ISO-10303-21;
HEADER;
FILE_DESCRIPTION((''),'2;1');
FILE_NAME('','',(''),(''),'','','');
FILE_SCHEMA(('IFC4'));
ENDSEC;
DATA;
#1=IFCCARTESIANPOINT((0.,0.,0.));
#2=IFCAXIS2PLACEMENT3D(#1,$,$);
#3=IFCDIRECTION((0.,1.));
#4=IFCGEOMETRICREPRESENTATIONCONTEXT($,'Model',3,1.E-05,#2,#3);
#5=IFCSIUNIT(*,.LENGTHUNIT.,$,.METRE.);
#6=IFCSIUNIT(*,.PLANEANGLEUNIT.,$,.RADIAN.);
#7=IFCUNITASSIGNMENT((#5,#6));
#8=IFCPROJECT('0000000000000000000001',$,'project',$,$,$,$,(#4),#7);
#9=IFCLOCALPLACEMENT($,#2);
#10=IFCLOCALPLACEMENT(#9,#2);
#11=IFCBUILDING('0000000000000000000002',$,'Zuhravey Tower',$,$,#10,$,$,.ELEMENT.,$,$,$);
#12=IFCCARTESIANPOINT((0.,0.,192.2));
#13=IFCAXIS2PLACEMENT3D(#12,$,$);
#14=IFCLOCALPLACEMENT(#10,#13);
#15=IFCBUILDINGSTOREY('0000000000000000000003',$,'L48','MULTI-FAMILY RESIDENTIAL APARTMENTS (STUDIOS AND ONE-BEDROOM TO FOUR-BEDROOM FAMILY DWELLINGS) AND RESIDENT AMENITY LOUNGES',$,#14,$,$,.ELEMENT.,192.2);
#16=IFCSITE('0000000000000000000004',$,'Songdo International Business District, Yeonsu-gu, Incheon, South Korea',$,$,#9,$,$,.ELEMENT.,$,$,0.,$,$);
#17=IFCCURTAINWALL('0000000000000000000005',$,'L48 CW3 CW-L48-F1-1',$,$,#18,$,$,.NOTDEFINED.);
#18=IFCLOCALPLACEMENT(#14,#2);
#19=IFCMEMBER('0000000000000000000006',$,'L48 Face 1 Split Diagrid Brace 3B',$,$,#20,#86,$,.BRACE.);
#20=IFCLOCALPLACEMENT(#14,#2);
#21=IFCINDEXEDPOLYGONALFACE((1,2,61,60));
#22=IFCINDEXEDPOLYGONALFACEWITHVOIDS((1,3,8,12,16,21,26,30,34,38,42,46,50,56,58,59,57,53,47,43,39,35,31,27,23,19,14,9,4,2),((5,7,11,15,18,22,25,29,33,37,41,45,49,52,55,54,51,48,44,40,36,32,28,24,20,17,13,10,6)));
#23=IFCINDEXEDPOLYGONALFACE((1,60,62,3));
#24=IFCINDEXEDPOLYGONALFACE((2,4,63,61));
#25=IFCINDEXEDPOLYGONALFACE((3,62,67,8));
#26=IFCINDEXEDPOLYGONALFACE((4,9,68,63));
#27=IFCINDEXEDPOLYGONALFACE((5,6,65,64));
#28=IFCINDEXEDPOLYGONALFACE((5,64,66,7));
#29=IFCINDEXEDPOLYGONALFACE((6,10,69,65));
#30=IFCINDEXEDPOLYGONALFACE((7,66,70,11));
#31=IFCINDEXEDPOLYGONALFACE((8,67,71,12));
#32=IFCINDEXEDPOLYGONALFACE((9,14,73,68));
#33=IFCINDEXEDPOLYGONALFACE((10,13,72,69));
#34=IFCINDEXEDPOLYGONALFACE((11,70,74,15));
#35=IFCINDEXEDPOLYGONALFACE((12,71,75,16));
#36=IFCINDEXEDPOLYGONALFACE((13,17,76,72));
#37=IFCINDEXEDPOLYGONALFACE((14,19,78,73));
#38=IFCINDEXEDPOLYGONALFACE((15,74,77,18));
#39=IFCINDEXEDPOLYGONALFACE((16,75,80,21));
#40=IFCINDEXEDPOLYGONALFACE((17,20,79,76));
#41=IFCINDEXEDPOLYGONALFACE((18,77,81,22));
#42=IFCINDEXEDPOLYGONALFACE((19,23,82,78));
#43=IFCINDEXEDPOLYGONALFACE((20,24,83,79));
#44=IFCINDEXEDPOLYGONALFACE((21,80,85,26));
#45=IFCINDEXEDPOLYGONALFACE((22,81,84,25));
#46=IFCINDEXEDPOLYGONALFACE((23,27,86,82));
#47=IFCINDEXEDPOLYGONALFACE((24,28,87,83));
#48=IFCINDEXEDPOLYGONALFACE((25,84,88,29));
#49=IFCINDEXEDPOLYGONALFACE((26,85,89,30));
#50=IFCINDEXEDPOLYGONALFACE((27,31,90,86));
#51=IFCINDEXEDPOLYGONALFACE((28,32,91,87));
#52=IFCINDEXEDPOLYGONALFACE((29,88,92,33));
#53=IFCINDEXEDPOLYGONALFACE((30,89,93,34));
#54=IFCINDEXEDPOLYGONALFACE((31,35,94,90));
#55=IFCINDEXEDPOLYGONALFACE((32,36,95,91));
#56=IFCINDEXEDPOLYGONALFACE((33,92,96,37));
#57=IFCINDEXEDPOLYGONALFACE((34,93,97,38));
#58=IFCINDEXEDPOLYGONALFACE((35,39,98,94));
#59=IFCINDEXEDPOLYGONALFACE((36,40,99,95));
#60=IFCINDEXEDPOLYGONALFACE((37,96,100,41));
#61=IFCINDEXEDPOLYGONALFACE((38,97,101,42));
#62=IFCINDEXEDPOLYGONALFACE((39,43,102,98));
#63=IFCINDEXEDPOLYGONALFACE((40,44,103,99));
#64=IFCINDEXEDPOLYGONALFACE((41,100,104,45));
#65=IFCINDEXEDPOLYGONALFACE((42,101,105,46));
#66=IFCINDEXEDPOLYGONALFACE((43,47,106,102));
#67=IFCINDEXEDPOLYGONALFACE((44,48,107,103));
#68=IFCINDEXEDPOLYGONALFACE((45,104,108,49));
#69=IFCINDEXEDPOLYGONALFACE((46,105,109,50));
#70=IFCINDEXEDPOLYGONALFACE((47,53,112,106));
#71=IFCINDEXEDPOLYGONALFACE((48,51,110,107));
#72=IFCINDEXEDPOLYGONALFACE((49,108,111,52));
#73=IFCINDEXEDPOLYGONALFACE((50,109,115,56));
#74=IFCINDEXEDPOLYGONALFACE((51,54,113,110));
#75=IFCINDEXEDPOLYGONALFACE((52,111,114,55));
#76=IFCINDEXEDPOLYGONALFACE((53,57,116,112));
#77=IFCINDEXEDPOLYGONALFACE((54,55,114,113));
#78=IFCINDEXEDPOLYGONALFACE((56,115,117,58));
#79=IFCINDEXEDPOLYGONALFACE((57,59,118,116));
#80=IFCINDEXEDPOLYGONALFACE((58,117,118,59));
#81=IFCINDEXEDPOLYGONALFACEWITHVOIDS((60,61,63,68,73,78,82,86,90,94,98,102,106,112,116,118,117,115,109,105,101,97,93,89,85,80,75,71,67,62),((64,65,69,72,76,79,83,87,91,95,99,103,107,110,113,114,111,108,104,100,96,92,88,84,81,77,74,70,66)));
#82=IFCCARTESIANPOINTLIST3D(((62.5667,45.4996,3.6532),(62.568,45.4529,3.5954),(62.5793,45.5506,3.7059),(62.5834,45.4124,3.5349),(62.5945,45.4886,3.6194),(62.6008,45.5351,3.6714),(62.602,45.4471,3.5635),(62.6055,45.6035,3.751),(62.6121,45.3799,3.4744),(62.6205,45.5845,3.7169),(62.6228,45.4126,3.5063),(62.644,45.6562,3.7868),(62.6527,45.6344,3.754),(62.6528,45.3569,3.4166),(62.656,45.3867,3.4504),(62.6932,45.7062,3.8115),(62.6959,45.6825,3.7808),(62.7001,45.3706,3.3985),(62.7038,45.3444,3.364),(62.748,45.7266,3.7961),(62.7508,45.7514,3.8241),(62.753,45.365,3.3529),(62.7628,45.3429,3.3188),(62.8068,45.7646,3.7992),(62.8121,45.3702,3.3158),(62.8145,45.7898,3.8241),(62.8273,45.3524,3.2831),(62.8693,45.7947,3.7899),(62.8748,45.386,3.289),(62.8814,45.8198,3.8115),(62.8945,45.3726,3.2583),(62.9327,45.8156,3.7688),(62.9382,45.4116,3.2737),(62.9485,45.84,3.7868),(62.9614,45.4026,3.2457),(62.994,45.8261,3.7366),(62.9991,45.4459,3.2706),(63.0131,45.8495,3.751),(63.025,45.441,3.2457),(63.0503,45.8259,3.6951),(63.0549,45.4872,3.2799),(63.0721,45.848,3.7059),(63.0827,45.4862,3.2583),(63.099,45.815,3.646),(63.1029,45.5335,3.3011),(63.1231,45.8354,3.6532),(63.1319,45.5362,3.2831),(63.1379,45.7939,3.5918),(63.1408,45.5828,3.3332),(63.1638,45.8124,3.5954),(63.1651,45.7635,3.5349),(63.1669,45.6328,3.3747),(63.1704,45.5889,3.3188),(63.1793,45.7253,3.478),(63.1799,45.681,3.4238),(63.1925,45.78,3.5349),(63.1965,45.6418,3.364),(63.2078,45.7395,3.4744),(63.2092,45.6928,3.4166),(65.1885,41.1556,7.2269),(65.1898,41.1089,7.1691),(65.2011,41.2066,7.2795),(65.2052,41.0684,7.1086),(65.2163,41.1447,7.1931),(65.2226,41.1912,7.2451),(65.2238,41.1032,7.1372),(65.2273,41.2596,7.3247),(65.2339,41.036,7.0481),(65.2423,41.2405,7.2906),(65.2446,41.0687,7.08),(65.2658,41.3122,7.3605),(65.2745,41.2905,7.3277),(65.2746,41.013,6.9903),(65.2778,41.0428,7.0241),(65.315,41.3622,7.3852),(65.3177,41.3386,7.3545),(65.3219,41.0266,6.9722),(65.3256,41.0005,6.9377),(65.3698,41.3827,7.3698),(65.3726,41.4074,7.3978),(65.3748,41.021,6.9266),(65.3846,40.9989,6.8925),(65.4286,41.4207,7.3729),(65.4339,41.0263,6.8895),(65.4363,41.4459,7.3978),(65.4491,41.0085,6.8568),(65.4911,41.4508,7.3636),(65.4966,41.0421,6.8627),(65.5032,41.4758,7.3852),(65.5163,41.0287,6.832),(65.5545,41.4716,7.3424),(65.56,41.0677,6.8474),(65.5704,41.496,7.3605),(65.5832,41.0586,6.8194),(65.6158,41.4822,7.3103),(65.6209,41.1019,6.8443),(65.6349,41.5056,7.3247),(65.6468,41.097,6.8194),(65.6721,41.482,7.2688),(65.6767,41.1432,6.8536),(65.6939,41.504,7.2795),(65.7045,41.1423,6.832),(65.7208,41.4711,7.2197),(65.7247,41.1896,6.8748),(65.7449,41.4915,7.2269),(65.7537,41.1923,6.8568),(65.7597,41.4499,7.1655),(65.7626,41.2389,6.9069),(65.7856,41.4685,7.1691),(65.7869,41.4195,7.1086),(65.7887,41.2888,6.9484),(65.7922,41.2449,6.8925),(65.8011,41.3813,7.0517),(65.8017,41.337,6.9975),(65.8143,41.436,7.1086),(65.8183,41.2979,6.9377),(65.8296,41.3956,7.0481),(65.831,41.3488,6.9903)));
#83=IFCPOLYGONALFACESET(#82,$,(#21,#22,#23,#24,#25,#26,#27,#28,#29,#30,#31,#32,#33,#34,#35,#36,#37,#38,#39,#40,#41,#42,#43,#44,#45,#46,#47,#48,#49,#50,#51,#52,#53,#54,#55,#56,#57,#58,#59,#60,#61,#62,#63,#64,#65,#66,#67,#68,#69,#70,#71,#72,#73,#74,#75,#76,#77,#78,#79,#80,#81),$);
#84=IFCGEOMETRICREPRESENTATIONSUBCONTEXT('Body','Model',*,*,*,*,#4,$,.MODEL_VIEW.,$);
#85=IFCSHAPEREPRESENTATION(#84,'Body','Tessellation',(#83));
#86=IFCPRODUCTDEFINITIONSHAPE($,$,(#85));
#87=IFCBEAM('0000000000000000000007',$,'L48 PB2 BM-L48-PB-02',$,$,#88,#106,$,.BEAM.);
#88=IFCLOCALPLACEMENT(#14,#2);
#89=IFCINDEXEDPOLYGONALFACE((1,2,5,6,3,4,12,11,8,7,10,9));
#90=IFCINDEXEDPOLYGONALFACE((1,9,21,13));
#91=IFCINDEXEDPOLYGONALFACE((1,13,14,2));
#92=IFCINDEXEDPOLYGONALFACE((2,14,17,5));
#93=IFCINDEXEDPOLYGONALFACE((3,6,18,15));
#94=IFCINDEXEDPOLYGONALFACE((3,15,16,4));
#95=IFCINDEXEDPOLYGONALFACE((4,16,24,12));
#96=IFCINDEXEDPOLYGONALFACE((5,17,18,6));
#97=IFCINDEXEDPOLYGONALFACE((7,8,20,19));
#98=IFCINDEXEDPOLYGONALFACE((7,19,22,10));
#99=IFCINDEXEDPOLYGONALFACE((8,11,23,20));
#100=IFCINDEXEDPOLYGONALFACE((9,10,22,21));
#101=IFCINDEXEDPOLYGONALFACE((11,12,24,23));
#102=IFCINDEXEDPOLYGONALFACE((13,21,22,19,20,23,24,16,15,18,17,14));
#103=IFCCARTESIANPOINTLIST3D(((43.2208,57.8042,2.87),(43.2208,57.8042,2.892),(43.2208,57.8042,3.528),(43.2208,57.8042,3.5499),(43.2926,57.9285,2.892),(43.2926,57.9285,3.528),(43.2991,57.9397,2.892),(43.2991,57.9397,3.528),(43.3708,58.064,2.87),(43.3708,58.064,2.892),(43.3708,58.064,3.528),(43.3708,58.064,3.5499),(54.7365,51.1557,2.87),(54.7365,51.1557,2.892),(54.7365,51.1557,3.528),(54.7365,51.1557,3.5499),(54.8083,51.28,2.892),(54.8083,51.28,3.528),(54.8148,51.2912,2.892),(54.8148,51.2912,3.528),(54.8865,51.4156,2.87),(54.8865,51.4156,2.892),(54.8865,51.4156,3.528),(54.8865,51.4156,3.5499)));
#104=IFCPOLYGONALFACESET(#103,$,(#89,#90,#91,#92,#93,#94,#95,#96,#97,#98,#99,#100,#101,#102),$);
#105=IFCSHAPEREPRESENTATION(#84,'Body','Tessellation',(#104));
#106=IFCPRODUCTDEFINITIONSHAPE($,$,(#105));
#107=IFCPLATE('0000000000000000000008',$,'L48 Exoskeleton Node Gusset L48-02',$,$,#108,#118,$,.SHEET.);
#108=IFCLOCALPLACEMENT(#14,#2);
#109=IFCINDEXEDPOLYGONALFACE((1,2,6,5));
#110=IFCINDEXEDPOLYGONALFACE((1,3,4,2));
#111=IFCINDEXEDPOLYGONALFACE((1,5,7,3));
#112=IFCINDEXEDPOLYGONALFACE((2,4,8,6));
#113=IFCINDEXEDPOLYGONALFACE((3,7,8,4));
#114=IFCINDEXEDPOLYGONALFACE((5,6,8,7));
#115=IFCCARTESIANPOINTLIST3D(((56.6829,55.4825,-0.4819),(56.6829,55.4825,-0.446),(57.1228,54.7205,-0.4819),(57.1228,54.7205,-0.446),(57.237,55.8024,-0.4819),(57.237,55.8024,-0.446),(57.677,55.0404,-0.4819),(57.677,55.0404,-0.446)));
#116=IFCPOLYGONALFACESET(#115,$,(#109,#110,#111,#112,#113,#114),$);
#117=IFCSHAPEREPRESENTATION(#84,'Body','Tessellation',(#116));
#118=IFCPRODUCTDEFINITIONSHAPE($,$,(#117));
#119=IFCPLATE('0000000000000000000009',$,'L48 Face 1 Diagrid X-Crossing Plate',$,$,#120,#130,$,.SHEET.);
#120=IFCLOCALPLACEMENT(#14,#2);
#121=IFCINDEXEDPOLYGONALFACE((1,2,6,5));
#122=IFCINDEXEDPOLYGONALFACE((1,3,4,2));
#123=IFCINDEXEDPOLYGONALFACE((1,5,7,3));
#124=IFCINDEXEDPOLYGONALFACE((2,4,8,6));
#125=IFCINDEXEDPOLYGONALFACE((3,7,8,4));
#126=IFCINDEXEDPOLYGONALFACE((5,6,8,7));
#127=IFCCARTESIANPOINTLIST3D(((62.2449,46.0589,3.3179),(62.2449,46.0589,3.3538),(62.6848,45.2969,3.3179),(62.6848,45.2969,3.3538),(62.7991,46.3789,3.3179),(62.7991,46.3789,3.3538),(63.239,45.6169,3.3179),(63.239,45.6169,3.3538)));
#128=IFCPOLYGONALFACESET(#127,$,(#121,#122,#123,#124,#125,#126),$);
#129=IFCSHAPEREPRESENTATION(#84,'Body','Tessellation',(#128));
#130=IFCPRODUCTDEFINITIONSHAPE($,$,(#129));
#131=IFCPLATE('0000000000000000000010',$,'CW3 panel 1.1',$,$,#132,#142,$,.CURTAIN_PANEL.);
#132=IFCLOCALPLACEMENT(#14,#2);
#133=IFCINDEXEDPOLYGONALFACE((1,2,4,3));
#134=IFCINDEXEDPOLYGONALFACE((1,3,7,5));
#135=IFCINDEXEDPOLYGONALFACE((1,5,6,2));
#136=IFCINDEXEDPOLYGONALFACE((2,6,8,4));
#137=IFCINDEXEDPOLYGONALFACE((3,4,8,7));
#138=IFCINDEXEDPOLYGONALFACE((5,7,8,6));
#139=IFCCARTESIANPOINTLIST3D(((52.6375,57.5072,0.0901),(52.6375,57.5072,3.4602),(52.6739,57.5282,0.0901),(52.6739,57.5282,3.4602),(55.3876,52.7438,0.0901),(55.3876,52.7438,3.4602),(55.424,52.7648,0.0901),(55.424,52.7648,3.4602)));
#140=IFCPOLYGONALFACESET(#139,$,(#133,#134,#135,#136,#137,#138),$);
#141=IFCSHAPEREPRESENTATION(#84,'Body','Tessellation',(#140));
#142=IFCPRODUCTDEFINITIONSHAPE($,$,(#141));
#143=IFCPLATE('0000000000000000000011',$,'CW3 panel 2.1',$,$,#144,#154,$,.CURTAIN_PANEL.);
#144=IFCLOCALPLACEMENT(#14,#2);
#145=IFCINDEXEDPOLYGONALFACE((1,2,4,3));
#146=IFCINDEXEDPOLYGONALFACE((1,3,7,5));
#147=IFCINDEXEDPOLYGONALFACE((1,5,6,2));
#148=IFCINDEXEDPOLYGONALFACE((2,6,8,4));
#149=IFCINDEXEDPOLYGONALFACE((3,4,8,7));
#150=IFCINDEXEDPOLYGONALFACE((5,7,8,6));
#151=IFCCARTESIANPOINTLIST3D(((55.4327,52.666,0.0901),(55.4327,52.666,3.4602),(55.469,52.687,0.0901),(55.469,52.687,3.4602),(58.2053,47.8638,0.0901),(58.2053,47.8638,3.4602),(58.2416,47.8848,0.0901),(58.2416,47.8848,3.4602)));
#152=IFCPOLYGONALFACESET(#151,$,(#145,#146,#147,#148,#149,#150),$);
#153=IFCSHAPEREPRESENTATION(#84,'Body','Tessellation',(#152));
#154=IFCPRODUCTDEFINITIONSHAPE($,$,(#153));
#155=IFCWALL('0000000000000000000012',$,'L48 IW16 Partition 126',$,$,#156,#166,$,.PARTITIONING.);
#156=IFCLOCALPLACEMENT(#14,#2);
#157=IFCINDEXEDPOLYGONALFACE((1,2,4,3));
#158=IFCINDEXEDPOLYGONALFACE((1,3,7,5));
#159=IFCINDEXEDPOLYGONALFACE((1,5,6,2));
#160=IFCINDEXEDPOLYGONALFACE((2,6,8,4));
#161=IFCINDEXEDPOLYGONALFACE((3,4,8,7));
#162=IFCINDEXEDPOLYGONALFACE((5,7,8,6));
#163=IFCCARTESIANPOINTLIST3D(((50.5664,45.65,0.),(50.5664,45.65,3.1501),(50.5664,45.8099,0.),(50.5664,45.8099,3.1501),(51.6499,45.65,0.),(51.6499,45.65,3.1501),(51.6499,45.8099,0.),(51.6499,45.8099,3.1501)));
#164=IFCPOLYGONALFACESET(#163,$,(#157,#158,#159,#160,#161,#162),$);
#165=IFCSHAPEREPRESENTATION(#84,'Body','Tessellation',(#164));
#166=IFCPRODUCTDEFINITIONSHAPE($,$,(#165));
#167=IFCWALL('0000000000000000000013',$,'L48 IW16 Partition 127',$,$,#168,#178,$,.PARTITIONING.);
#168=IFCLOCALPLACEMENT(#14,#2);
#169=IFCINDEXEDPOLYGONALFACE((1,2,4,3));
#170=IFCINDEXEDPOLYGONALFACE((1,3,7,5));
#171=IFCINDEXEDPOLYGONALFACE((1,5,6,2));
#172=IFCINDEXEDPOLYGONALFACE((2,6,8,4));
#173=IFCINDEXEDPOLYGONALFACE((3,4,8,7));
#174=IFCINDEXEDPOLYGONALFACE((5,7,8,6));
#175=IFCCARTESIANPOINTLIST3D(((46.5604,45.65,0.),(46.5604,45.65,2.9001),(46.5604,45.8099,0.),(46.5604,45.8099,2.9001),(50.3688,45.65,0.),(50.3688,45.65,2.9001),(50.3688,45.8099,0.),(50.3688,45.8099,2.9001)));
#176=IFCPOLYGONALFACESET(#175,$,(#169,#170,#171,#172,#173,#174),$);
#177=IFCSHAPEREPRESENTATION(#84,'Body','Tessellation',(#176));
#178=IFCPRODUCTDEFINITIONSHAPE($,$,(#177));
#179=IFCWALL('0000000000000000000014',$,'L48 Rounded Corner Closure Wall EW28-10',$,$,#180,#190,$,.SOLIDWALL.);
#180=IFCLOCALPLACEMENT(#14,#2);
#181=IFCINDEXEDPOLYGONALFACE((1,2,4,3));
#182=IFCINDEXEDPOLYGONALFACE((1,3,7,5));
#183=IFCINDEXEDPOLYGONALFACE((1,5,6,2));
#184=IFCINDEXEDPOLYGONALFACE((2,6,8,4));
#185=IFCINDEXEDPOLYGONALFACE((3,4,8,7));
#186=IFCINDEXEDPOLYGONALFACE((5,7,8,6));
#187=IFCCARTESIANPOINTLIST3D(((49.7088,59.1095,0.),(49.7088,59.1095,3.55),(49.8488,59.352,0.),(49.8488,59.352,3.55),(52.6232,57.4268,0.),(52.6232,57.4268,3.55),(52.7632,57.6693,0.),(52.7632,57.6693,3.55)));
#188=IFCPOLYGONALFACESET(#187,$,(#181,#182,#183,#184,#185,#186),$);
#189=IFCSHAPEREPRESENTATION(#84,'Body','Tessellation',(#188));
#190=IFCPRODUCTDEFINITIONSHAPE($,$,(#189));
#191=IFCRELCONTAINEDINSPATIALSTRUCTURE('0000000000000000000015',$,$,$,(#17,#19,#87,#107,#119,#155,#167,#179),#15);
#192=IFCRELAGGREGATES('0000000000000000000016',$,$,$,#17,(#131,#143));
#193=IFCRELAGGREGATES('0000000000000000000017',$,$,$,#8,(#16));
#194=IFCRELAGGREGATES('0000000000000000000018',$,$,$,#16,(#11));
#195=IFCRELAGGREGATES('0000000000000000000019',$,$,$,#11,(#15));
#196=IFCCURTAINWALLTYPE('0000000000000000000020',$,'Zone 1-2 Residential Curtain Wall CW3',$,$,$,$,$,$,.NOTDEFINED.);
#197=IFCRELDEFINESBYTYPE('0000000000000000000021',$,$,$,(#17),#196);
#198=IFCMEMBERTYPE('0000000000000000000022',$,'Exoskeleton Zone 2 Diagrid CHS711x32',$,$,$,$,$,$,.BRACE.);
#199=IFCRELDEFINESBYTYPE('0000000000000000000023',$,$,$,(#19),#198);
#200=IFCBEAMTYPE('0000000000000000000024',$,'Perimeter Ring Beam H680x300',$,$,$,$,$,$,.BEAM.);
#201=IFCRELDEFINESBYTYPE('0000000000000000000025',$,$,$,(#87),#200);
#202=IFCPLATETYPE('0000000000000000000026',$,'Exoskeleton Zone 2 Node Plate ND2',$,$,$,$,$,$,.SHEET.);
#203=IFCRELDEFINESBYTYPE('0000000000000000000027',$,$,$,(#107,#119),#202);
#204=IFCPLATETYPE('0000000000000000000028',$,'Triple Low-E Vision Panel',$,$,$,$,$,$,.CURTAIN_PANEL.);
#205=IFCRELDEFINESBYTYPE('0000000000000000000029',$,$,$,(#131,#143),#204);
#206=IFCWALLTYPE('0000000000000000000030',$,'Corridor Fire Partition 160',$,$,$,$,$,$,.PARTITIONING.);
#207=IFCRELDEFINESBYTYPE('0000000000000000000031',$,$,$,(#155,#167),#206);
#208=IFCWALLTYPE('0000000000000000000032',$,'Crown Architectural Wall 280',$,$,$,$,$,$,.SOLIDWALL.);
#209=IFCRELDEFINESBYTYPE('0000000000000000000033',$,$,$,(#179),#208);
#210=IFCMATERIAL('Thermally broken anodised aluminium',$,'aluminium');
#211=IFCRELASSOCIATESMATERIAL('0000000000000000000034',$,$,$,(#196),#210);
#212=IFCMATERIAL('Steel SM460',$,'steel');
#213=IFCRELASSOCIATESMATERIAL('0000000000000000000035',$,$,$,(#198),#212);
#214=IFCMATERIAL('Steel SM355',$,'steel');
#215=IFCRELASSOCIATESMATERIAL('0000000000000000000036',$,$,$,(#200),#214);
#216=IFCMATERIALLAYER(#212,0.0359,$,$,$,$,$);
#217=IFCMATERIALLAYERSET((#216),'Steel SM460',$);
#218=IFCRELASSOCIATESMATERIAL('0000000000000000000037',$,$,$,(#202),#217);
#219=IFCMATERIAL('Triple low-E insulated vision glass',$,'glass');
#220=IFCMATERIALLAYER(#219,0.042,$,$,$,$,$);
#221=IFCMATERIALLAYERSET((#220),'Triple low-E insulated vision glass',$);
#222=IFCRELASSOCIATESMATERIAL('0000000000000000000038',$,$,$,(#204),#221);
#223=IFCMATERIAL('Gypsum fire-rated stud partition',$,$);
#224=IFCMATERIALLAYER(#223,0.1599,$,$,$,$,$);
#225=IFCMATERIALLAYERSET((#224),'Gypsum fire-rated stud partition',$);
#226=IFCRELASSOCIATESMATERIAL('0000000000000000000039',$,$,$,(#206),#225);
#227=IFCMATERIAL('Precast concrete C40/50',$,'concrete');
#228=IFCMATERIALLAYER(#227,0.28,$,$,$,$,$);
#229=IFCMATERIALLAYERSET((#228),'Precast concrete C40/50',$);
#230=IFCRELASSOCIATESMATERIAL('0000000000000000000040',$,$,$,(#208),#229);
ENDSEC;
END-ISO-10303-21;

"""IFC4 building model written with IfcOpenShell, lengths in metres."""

from ifc_helpers import new_model, si_unit, direction, frame, frame_2d, origin, origin_2d, place, context, subcontext, project, spatial, rectangle, hollow_circle, i_section, extrude, material, layer, layer_set, material_profile, profile_set, type_object, element, aggregate, save


model = new_model("IFC4")

# Units and contexts
model_context = context("Model", 3, precision=1e-05, world=origin(), true_north=direction((0.0, 1.0)))
body_context = subcontext(model_context, "Body", "Model", "MODEL_VIEW")
ifc_project = project(units=[si_unit("LENGTHUNIT", "METRE"), si_unit("PLANEANGLEUNIT", "RADIAN")], contexts=[model_context])

# Site, building, storey
site_placement = place(None, origin())
site = spatial("IfcSite", under=ifc_project, at=site_placement, Name="Songdo International Business District, Yeonsu-gu, Incheon, South Korea", CompositionType="ELEMENT", RefElevation=0.0)
building_placement = place(site_placement, origin())
building = spatial("IfcBuilding", under=site, at=building_placement, Name="Zuhravey Tower", CompositionType="ELEMENT")
storey_placement = place(building_placement, frame((0.0, 0.0, 192.2)))
storey = spatial("IfcBuildingStorey", under=building, at=storey_placement, Name="L48", Description="MULTI-FAMILY RESIDENTIAL APARTMENTS (STUDIOS AND ONE-BEDROOM TO FOUR-BEDROOM FAMILY DWELLINGS) AND RESIDENT AMENITY LOUNGES", CompositionType="ELEMENT", Elevation=192.2)

# Shared definitions
ifc_material_1 = material(Name="Thermally broken anodised aluminium", Category="aluminium")
curtain_wall_type = type_object("IfcCurtainWallType", Name="Zone 1-2 Residential Curtain Wall CW3", PredefinedType="NOTDEFINED", material=ifc_material_1)

# Curtain wall
curtain_wall_1_placement = place(storey_placement, origin())
curtain_wall_1 = element("IfcCurtainWall", 1, at=curtain_wall_1_placement, inside=storey, type_object=curtain_wall_type, Name="L48 CW3 CW-L48-F1-1", PredefinedType="NOTDEFINED")

# Member
ifc_material_2 = material(Name="Steel SM460", Category="steel")
ifc_material_profile_1 = material_profile(ifc_material_2, hollow_circle(Radius=0.3557, WallThickness=0.032, at=origin_2d()), Name="CHS-711.2x32")
ifc_profile_set_1 = profile_set([ifc_material_profile_1], Name="Steel SM460")
member_type_1 = type_object("IfcMemberType", Name="Exoskeleton Zone 2 Diagrid CHS711x32", PredefinedType="BRACE", material=ifc_profile_set_1)
member_1_placement = place(storey_placement, frame((62.8879, 45.5962, 3.5349), z_axis=(0.422459, -0.699954, 0.575841), x_axis=(0.856148, 0.51673, 0.0)))
element("IfcMember", 2, at=member_1_placement, inside=storey, type_object=member_type_1, Name="L48 Face 1 Split Diagrid Brace 3B", PredefinedType="BRACE", context=body_context, shape_type="SweptSolid", body=[
    extrude(hollow_circle(Radius=0.3557, WallThickness=0.032, at=origin_2d()), origin(), (0.0, 0.0, 1.0), 6.2061),
])

# Beam
ifc_material_3 = material(Name="Steel SM355", Category="steel")
ifc_material_profile_2 = material_profile(ifc_material_3, i_section(OverallWidth=0.3, OverallDepth=0.6799, WebThickness=0.0129, FlangeThickness=0.022, at=origin_2d()), Name="H-680x300x13x22")
ifc_profile_set_2 = profile_set([ifc_material_profile_2], Name="Steel SM355")
beam_type = type_object("IfcBeamType", Name="Perimeter Ring Beam H680x300", PredefinedType="BEAM", material=ifc_profile_set_2)
beam_placement = place(storey_placement, frame((54.8115, 51.2856, 3.21), z_axis=(-0.866029, 0.499994, 0.0), x_axis=(-0.499994, -0.866029, 0.0)))
element("IfcBeam", 3, at=beam_placement, inside=storey, type_object=beam_type, Name="L48 PB2 BM-L48-PB-02", PredefinedType="BEAM", context=body_context, shape_type="SweptSolid", body=[
    extrude(i_section(OverallWidth=0.3, OverallDepth=0.6799, WebThickness=0.0129, FlangeThickness=0.022, at=origin_2d()), origin(), (0.0, 0.0, 1.0), 13.2971),
])

# Plates
ifc_layer_1 = layer(ifc_material_2, 0.0359)
ifc_layer_set_1 = layer_set([ifc_layer_1], Name="Steel SM460")
plate_type_1 = type_object("IfcPlateType", Name="Exoskeleton Zone 2 Node Plate ND2", PredefinedType="SHEET", material=ifc_layer_set_1)
for number, where, z_axis, x_axis, name in (
    (4, (57.1799, 55.2615, -0.4819), (0.0, 0.0, 1.0), (-0.5, 0.866025, 0.0), "L48 Exoskeleton Node Gusset L48-02"),
    (5, (62.7419, 45.8379, 3.3179), (0.0, 0.0, 1.0), (-0.5, 0.866025, 0.0), "L48 Face 1 Diagrid X-Crossing Plate"),
):
    element("IfcPlate", number, at=place(storey_placement, frame(where, z_axis=z_axis, x_axis=x_axis)), inside=storey, type_object=plate_type_1, Name=name, PredefinedType="SHEET", context=body_context, shape_type="SweptSolid", body=[
        extrude(rectangle(XDim=0.8799, YDim=0.6399, at=origin_2d()), origin(), (0.0, 0.0, 1.0), 0.0359),
    ])

# Plates
ifc_material_4 = material(Name="Triple low-E insulated vision glass", Category="glass")
ifc_layer_2 = layer(ifc_material_4, 0.042)
ifc_layer_set_2 = layer_set([ifc_layer_2], Name="Triple low-E insulated vision glass")
plate_type_2 = type_object("IfcPlateType", Name="Triple Low-E Vision Panel", PredefinedType="CURTAIN_PANEL", material=ifc_layer_set_2)
plate_1_placement = place(storey_placement, frame((54.0308, 55.136, 0.0901), z_axis=(0.0, 0.0, 1.0), x_axis=(0.500002, -0.866024, 0.0)))
plate_1 = element("IfcPlate", 6, at=plate_1_placement, type_object=plate_type_2, Name="CW3 panel 1.1", PredefinedType="CURTAIN_PANEL", context=body_context, shape_type="SweptSolid", body=[
    extrude(rectangle(XDim=5.5002, YDim=0.042, at=origin_2d()), origin(), (0.0, 0.0, 1.0), 3.3701),
])
plate_2_placement = place(storey_placement, frame((56.8372, 50.2754, 0.0901), z_axis=(0.0, 0.0, 1.0), x_axis=(0.500002, -0.866024, 0.0)))
plate_2 = element("IfcPlate", 7, at=plate_2_placement, type_object=plate_type_2, Name="CW3 panel 2.1", PredefinedType="CURTAIN_PANEL", context=body_context, shape_type="SweptSolid", body=[
    extrude(rectangle(XDim=5.5452, YDim=0.042, at=origin_2d()), origin(), (0.0, 0.0, 1.0), 3.3701),
])
aggregate(curtain_wall_1, [plate_1, plate_2])

# Walls
ifc_material_5 = material(Name="Gypsum fire-rated stud partition")
ifc_layer_3 = layer(ifc_material_5, 0.1599)
ifc_layer_set_3 = layer_set([ifc_layer_3], Name="Gypsum fire-rated stud partition")
wall_type_1 = type_object("IfcWallType", Name="Corridor Fire Partition 160", PredefinedType="PARTITIONING", material=ifc_layer_set_3)
wall_1_placement = place(storey_placement, frame((51.6499, 45.73, 0.0), z_axis=(0.0, 0.0, 1.0), x_axis=(-1.0, 0.0, 0.0)))
element("IfcWall", 8, at=wall_1_placement, inside=storey, type_object=wall_type_1, Name="L48 IW16 Partition 126", PredefinedType="PARTITIONING", context=body_context, shape_type="SweptSolid", body=[
    extrude(rectangle(XDim=1.0835, YDim=0.1599, at=frame_2d((0.5417, 0.0))), origin(), (0.0, 0.0, 1.0), 3.1501),
])
wall_2_placement = place(storey_placement, frame((50.3689, 45.73, 0.0), z_axis=(0.0, 0.0, 1.0), x_axis=(-1.0, 0.0, 0.0)))
element("IfcWall", 9, at=wall_2_placement, inside=storey, type_object=wall_type_1, Name="L48 IW16 Partition 127", PredefinedType="PARTITIONING", context=body_context, shape_type="SweptSolid", body=[
    extrude(rectangle(XDim=3.8083, YDim=0.1599, at=frame_2d((1.9043, 0.0))), origin(), (0.0, 0.0, 1.0), 2.9001),
])
ifc_material_6 = material(Name="Precast concrete C40/50", Category="concrete")
ifc_layer_4 = layer(ifc_material_6, 0.28)
ifc_layer_set_4 = layer_set([ifc_layer_4], Name="Precast concrete C40/50")
wall_type_2 = type_object("IfcWallType", Name="Crown Architectural Wall 280", PredefinedType="SOLIDWALL", material=ifc_layer_set_4)
wall_3_placement = place(storey_placement, frame((49.7788, 59.2307, 0.0), z_axis=(0.0, 0.0, 1.0), x_axis=(0.86602, -0.500009, 0.0)))
element("IfcWall", 10, at=wall_3_placement, inside=storey, type_object=wall_type_2, Name="L48 Rounded Corner Closure Wall EW28-10", PredefinedType="SOLIDWALL", context=body_context, shape_type="SweptSolid", body=[
    extrude(rectangle(XDim=3.3652, YDim=0.28, at=frame_2d((1.6826, 0.0))), origin(), (0.0, 0.0, 1.0), 3.55),
])

save(model, "model.ifc")
